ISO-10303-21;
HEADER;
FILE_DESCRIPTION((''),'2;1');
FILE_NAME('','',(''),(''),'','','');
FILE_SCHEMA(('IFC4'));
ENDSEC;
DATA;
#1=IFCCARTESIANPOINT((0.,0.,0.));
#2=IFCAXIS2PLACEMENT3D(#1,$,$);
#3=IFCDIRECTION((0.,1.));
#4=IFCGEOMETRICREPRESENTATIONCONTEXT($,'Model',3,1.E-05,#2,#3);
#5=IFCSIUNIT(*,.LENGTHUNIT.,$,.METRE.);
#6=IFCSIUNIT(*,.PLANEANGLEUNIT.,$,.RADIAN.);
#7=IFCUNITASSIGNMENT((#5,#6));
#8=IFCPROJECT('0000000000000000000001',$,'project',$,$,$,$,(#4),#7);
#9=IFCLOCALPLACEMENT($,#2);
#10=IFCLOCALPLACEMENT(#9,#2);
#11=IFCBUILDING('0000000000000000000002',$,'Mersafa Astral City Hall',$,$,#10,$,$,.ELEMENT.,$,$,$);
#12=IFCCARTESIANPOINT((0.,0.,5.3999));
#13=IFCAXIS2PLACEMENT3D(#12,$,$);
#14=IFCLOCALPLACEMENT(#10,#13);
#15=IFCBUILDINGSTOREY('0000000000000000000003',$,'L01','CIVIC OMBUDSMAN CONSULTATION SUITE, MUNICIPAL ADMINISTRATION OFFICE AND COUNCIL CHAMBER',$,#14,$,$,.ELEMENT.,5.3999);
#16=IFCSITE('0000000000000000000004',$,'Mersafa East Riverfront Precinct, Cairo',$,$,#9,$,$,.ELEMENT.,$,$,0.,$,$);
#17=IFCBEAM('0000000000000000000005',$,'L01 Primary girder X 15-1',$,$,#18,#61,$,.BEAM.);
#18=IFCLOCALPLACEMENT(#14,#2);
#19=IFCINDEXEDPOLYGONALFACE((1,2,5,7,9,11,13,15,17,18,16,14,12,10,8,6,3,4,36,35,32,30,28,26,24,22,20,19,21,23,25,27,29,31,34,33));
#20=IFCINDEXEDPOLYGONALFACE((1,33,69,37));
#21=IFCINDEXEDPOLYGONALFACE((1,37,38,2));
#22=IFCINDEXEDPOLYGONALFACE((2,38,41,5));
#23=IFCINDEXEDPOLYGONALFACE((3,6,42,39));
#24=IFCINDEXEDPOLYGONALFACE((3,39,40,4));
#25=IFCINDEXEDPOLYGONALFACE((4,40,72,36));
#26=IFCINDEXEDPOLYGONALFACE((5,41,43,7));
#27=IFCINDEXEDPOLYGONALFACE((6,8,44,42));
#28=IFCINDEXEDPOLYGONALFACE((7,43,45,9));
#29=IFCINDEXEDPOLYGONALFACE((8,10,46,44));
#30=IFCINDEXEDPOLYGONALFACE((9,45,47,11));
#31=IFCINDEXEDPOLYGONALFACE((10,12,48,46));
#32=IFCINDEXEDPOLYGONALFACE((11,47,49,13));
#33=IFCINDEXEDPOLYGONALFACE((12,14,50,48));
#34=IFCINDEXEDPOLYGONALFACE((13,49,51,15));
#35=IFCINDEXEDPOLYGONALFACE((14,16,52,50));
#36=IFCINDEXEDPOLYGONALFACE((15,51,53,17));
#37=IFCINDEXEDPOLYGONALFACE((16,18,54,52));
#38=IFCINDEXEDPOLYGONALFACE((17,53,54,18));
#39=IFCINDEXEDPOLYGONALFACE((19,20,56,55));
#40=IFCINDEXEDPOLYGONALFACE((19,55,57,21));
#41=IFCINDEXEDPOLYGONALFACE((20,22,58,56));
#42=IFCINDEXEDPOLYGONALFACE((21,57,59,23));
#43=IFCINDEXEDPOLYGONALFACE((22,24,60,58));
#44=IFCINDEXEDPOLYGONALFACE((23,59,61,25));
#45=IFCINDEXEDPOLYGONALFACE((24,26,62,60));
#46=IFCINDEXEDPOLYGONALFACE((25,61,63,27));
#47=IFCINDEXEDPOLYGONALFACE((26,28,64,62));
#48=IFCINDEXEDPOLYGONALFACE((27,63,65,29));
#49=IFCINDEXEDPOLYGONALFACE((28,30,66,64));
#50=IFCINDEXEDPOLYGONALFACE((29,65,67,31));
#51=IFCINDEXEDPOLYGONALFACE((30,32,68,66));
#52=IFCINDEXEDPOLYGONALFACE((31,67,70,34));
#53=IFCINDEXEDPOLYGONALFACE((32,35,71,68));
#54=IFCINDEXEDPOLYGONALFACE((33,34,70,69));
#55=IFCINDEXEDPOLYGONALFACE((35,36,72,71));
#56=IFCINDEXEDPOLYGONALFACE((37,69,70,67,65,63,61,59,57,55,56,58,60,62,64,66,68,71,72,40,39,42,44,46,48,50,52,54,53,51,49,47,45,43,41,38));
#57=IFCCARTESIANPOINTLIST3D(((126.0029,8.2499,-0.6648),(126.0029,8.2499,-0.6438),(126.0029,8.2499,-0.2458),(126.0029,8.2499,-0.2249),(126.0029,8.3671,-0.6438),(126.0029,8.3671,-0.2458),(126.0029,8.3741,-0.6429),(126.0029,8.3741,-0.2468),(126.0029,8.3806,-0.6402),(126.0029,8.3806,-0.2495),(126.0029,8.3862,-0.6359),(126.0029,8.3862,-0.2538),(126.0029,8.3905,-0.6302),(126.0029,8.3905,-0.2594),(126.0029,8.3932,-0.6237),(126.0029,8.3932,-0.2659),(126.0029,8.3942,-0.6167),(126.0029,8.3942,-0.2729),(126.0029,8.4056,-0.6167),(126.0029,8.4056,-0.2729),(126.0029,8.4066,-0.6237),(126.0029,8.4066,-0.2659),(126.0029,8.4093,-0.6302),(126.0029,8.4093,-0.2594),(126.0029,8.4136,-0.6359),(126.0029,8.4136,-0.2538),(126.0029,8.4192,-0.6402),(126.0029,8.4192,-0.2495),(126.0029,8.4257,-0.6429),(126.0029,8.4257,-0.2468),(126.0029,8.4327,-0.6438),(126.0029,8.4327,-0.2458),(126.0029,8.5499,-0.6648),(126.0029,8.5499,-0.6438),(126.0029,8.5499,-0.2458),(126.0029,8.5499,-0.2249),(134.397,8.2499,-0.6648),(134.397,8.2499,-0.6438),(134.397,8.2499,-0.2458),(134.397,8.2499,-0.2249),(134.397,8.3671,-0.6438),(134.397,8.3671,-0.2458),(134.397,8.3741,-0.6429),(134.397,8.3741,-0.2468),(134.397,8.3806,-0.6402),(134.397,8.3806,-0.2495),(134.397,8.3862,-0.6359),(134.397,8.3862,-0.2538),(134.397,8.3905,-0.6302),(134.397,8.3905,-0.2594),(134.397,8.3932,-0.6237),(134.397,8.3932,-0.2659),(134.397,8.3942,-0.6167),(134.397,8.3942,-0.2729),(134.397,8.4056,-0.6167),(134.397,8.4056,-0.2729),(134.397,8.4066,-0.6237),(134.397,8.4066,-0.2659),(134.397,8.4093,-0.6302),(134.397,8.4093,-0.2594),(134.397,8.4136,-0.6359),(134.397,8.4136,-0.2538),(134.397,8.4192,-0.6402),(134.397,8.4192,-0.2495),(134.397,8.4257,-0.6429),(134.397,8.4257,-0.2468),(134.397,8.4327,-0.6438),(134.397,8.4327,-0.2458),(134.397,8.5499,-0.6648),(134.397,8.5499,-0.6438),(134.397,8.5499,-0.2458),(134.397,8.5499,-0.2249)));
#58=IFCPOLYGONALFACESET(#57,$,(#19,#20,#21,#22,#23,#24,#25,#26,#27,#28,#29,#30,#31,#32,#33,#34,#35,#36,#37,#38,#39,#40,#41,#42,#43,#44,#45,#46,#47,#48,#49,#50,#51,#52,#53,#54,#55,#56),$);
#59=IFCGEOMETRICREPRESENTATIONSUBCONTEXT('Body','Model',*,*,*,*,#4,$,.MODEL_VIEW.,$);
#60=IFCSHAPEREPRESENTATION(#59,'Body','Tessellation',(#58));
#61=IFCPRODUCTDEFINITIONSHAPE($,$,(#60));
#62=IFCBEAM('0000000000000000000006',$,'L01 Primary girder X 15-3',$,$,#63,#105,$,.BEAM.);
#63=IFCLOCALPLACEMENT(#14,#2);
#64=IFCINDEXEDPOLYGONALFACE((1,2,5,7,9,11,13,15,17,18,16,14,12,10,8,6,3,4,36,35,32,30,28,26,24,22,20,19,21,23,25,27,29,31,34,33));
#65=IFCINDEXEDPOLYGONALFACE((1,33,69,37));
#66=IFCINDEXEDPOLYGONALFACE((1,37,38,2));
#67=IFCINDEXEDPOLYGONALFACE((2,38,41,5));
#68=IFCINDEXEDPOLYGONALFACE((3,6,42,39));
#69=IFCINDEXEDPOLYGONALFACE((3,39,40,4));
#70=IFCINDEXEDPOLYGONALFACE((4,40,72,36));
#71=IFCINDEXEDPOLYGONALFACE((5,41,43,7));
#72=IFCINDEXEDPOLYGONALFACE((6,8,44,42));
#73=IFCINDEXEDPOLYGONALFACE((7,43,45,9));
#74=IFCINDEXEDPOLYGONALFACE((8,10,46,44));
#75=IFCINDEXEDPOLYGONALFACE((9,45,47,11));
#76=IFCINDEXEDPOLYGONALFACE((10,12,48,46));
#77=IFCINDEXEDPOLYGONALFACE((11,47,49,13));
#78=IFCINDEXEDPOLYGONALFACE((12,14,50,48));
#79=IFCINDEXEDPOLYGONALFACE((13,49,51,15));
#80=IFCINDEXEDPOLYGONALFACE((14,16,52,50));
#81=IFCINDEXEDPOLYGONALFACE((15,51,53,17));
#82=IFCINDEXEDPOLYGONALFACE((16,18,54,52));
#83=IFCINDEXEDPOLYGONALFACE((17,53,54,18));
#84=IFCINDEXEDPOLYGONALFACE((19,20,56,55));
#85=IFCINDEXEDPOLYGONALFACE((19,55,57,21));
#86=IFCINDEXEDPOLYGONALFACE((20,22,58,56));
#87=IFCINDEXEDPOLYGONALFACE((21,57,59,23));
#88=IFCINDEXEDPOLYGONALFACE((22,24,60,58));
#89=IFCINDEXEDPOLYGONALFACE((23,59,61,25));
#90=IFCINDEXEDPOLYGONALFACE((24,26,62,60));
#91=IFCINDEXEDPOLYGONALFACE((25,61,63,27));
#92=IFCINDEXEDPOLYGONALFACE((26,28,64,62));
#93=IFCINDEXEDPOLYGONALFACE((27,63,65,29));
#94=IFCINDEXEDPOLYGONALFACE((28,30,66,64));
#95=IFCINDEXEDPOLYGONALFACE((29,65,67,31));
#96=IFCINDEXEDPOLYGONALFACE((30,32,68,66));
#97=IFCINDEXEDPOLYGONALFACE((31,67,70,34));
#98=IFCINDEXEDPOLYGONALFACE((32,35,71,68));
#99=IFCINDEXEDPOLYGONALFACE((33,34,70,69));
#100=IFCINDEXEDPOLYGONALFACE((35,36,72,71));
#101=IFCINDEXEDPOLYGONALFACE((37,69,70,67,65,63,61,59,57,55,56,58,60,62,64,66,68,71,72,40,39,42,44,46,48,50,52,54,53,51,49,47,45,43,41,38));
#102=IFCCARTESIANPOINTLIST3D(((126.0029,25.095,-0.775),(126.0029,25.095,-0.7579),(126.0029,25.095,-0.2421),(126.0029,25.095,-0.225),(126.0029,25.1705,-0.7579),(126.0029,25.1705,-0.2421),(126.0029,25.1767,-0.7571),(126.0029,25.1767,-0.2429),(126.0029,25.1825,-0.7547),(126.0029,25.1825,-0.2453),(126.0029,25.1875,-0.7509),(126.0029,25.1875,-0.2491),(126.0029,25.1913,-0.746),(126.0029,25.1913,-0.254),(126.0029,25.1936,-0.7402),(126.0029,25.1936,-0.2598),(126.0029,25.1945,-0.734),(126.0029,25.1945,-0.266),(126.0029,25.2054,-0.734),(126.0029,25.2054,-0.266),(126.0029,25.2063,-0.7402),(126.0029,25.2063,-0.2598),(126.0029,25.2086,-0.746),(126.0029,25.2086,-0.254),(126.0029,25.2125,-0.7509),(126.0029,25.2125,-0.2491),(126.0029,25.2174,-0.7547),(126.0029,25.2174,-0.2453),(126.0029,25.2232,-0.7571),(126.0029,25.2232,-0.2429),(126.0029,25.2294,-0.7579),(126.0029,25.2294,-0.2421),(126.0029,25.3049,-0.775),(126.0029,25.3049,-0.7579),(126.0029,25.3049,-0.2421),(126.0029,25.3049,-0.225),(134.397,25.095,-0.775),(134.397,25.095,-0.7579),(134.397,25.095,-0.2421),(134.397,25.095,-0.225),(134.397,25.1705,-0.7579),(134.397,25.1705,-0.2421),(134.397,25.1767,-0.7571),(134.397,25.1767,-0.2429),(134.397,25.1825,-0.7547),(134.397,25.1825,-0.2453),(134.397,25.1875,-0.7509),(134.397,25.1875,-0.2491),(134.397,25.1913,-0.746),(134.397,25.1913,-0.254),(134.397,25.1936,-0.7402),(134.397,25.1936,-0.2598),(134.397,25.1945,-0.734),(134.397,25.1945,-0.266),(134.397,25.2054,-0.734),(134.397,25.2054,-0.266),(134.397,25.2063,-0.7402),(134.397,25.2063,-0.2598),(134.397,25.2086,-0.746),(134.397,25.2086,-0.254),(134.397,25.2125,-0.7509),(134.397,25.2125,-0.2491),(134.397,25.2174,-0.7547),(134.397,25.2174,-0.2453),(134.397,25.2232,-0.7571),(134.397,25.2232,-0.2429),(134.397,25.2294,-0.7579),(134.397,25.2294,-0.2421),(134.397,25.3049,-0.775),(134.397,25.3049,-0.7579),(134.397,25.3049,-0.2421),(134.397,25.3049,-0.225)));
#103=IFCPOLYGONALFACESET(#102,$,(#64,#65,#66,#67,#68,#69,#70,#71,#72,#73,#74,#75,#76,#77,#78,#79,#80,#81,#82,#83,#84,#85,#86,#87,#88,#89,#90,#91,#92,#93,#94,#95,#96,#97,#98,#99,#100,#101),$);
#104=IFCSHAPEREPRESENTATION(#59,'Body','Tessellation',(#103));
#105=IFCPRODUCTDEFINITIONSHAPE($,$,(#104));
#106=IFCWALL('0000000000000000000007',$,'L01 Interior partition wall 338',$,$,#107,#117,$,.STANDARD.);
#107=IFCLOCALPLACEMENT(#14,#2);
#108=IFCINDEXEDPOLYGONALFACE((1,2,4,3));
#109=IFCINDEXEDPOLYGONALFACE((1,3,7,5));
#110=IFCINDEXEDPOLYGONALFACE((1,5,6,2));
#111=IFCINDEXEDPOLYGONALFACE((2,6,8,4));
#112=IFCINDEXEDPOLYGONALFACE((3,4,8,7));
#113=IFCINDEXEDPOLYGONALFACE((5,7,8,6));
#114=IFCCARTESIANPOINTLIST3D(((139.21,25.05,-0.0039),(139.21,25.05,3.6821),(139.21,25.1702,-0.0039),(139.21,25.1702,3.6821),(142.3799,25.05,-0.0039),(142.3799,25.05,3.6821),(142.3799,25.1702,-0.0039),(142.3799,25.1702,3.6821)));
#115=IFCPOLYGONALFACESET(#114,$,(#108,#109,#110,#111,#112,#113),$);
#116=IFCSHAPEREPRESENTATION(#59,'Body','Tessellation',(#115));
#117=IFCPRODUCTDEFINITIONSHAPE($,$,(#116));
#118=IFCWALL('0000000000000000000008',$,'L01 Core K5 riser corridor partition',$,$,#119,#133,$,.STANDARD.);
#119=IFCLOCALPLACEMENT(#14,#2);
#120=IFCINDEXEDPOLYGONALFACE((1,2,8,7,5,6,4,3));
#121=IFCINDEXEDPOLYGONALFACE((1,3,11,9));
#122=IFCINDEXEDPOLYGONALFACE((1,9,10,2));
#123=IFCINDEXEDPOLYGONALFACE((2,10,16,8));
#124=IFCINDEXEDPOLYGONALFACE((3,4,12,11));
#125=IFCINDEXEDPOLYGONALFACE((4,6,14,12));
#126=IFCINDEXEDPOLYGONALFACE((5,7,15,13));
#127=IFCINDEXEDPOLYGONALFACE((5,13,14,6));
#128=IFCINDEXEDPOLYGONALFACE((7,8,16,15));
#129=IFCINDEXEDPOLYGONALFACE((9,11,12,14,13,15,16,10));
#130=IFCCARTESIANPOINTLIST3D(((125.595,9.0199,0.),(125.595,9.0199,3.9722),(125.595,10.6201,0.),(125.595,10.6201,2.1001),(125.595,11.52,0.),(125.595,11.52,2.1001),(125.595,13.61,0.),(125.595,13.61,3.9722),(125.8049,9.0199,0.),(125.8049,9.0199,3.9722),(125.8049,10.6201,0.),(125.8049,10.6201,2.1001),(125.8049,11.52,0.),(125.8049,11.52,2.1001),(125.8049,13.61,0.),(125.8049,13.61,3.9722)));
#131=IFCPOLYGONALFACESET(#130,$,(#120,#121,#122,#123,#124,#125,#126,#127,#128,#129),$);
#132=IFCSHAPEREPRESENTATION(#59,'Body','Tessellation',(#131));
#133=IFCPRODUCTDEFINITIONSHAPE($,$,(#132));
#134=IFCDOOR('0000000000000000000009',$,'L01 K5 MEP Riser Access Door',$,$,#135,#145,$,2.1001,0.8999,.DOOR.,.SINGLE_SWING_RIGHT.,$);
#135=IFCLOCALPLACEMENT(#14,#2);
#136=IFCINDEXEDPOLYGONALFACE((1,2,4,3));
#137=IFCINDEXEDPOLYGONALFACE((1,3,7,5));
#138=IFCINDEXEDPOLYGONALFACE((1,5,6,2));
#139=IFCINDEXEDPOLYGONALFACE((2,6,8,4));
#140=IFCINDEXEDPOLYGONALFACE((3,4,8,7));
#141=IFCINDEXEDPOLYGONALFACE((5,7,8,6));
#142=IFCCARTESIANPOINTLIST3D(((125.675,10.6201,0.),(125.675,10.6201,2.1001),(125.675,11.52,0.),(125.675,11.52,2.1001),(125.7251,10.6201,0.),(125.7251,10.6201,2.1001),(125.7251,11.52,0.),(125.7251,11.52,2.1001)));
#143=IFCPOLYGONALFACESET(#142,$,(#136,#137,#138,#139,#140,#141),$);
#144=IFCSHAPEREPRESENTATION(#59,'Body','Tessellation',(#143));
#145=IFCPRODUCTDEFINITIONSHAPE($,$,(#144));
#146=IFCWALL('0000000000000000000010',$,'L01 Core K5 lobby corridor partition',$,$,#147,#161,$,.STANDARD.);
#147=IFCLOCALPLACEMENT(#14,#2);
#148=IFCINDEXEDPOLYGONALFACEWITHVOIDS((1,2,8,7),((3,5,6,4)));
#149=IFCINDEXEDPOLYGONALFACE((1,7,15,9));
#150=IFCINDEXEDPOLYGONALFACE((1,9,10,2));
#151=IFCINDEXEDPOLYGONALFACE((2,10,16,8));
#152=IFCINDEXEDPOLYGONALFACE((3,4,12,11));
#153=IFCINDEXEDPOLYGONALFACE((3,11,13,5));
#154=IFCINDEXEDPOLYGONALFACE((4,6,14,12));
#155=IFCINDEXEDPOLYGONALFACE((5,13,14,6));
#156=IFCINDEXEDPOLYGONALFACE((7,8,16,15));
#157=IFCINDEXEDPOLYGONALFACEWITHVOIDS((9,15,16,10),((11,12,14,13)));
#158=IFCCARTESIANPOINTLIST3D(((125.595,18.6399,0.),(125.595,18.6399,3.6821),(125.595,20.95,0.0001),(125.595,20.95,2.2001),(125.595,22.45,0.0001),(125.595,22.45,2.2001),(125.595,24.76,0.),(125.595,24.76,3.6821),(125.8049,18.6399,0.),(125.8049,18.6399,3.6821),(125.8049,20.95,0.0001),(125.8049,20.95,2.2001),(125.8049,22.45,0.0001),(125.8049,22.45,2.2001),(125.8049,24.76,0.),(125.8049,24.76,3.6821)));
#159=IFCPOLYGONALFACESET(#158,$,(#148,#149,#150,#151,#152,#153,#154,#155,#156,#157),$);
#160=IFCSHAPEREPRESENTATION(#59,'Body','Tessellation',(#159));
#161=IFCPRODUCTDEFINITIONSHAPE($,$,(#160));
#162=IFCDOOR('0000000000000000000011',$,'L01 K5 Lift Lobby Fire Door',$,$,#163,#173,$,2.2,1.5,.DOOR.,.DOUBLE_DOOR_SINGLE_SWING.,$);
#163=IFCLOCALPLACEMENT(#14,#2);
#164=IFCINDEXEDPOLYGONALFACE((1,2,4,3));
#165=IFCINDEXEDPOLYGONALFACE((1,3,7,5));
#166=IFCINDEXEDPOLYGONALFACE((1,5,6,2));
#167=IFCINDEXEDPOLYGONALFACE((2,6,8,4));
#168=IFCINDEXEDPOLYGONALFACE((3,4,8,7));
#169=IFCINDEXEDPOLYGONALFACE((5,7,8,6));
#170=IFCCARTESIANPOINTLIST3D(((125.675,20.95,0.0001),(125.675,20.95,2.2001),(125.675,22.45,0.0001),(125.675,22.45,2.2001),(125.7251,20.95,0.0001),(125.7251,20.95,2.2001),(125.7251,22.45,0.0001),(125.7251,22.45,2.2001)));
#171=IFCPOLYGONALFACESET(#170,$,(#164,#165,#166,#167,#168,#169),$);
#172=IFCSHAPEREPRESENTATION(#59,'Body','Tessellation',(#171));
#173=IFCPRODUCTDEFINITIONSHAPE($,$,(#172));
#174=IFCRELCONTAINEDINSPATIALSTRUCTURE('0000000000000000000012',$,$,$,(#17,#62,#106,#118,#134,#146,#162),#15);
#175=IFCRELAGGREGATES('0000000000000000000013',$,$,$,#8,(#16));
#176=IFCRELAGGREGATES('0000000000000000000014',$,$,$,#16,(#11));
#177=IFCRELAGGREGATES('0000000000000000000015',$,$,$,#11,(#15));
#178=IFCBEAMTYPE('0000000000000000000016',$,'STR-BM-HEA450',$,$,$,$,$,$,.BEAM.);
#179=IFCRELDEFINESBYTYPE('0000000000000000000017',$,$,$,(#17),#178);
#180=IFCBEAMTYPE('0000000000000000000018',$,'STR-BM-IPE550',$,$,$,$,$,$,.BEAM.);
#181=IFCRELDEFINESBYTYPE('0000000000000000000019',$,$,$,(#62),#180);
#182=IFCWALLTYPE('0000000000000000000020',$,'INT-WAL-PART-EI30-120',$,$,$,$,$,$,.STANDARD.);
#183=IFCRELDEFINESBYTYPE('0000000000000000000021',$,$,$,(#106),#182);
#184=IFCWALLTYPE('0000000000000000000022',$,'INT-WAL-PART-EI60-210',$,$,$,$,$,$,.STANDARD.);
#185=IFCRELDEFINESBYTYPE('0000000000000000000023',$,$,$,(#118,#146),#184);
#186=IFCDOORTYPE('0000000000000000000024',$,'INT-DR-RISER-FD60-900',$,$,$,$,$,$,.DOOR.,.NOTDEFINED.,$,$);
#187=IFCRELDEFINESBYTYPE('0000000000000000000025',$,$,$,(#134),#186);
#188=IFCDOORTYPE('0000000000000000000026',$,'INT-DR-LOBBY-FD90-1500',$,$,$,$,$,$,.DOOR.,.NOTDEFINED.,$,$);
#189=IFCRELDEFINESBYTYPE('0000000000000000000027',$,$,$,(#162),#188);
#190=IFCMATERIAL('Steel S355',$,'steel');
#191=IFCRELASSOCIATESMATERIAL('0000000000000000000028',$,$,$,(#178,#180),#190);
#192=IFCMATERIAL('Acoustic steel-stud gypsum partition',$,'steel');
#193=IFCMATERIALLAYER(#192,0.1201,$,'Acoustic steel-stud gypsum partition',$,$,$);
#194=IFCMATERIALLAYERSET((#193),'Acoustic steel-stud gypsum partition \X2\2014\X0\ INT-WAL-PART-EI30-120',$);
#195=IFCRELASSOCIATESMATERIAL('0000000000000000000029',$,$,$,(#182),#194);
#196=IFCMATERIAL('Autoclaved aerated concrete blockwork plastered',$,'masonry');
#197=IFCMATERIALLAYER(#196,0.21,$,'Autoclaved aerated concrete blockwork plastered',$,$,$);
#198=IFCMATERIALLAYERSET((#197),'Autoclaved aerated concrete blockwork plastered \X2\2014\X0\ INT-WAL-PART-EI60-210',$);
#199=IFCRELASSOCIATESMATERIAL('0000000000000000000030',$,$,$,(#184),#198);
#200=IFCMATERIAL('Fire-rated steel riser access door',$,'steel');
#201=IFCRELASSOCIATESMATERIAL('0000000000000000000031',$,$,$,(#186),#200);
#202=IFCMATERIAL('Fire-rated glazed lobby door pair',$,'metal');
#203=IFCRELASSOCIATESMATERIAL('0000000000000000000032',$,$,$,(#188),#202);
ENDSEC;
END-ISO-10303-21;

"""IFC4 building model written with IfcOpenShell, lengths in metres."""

from ifc_helpers import new_model, si_unit, direction, frame, frame_2d, origin, origin_2d, place, context, subcontext, project, spatial, rectangle, i_section, extrude, material, layer, layer_set, material_profile, profile_set, type_object, element, fill, save


model = new_model("IFC4")

# Units and contexts
model_context = context("Model", 3, precision=1e-05, world=origin(), true_north=direction((0.0, 1.0)))
body_context = subcontext(model_context, "Body", "Model", "MODEL_VIEW")
ifc_project = project(units=[si_unit("LENGTHUNIT", "METRE"), si_unit("PLANEANGLEUNIT", "RADIAN")], contexts=[model_context])

# Site, building, storey
site_placement = place(None, origin())
site = spatial("IfcSite", under=ifc_project, at=site_placement, Name="Mersafa East Riverfront Precinct, Cairo", CompositionType="ELEMENT", RefElevation=0.0)
building_placement = place(site_placement, origin())
building = spatial("IfcBuilding", under=site, at=building_placement, Name="Mersafa Astral City Hall", CompositionType="ELEMENT")
storey_placement = place(building_placement, frame((0.0, 0.0, 5.3999)))
storey = spatial("IfcBuildingStorey", under=building, at=storey_placement, Name="L01", Description="CIVIC OMBUDSMAN CONSULTATION SUITE, MUNICIPAL ADMINISTRATION OFFICE AND COUNCIL CHAMBER", CompositionType="ELEMENT", Elevation=5.3999)

# Shared definitions
ifc_material_1 = material(Name="Steel S355", Category="steel")

# Beams
ifc_material_profile_1 = material_profile(ifc_material_1, i_section(OverallWidth=0.3, OverallDepth=0.4399, WebThickness=0.0115, FlangeThickness=0.021, FilletRadius=0.0271, at=origin_2d()), Name="HEA 450")
ifc_profile_set_1 = profile_set([ifc_material_profile_1], Name="Steel S355")
beam_type_1 = type_object("IfcBeamType", Name="STR-BM-HEA450", PredefinedType="BEAM", material=ifc_profile_set_1)
beam_1_placement = place(storey_placement, frame((126.0029, 8.3999, -0.4448), z_axis=(1.0, 0.0, 0.0), x_axis=(0.0, 1.0, 0.0)))
element("IfcBeam", 1, at=beam_1_placement, inside=storey, type_object=beam_type_1, Name="L01 Primary girder X 15-1", PredefinedType="BEAM", context=body_context, shape_type="SweptSolid", body=[
    extrude(i_section(OverallWidth=0.3, OverallDepth=0.4399, WebThickness=0.0115, FlangeThickness=0.021, FilletRadius=0.0271, at=origin_2d()), origin(), (0.0, 0.0, 1.0), 8.394),
])
ifc_material_profile_2 = material_profile(ifc_material_1, i_section(OverallWidth=0.21, OverallDepth=0.55, WebThickness=0.011, FlangeThickness=0.0171, FilletRadius=0.0239, at=origin_2d()), Name="IPE 550")
ifc_profile_set_2 = profile_set([ifc_material_profile_2], Name="Steel S355")
beam_type_2 = type_object("IfcBeamType", Name="STR-BM-IPE550", PredefinedType="BEAM", material=ifc_profile_set_2)
beam_2_placement = place(storey_placement, frame((126.0029, 25.2, -0.5), z_axis=(1.0, 0.0, 0.0), x_axis=(0.0, 1.0, 0.0)))
element("IfcBeam", 2, at=beam_2_placement, inside=storey, type_object=beam_type_2, Name="L01 Primary girder X 15-3", PredefinedType="BEAM", context=body_context, shape_type="SweptSolid", body=[
    extrude(i_section(OverallWidth=0.21, OverallDepth=0.55, WebThickness=0.011, FlangeThickness=0.0171, FilletRadius=0.0239, at=origin_2d()), origin(), (0.0, 0.0, 1.0), 8.394),
])

# Wall
ifc_material_2 = material(Name="Acoustic steel-stud gypsum partition", Category="steel")
ifc_layer_1 = layer(ifc_material_2, 0.1201, Name="Acoustic steel-stud gypsum partition")
ifc_layer_set_1 = layer_set([ifc_layer_1], Name="Acoustic steel-stud gypsum partition — INT-WAL-PART-EI30-120")
wall_type_1 = type_object("IfcWallType", Name="INT-WAL-PART-EI30-120", PredefinedType="STANDARD", material=ifc_layer_set_1)
wall_1_placement = place(storey_placement, frame((139.21, 25.1101, -0.0039), z_axis=(0.0, 0.0, 1.0), x_axis=(1.0, 0.0, 0.0)))
element("IfcWall", 3, at=wall_1_placement, inside=storey, type_object=wall_type_1, Name="L01 Interior partition wall 338", PredefinedType="STANDARD", context=body_context, shape_type="SweptSolid", body=[
    extrude(rectangle(XDim=3.1699, YDim=0.1201, at=frame_2d((1.585, 0.0))), origin(), (0.0, 0.0, 1.0), 3.686),
])

# Walls, openings, doors
ifc_material_3 = material(Name="Autoclaved aerated concrete blockwork plastered", Category="masonry")
ifc_layer_2 = layer(ifc_material_3, 0.21, Name="Autoclaved aerated concrete blockwork plastered")
ifc_layer_set_2 = layer_set([ifc_layer_2], Name="Autoclaved aerated concrete blockwork plastered — INT-WAL-PART-EI60-210")
wall_type_2 = type_object("IfcWallType", Name="INT-WAL-PART-EI60-210", PredefinedType="STANDARD", material=ifc_layer_set_2)
wall_2_placement = place(storey_placement, frame((125.7, 9.02, 0.0), z_axis=(0.0, 0.0, 1.0), x_axis=(0.0, 1.0, 0.0)))
wall_2 = element("IfcWall", 4, at=wall_2_placement, inside=storey, type_object=wall_type_2, Name="L01 Core K5 riser corridor partition", PredefinedType="STANDARD", context=body_context, shape_type="SweptSolid", body=[
    extrude(rectangle(XDim=4.5901, YDim=0.21, at=frame_2d((2.2949, 0.0))), origin(), (0.0, 0.0, 1.0), 3.9722),
])
opening_1_placement = place(wall_2_placement, frame((1.6001, 0.0, 0.0)))
opening_1 = element("IfcOpeningElement", 5, at=opening_1_placement, cuts=wall_2, PredefinedType="OPENING", context=body_context, shape_type="SweptSolid", body=[
    extrude(rectangle(XDim=0.8999, YDim=2.1001, at=frame_2d((0.45, 1.05))), frame((0.0, 0.115, 0.0), z_axis=(0.0, -1.0, 0.0), x_axis=(1.0, 0.0, 0.0)), (0.0, 0.0, 1.0), 0.23),
])
ifc_material_4 = material(Name="Fire-rated steel riser access door", Category="steel")
door_type_1 = type_object("IfcDoorType", Name="INT-DR-RISER-FD60-900", OperationType="NOTDEFINED", PredefinedType="DOOR", material=ifc_material_4)
door_1_placement = place(opening_1_placement, origin())
door_1 = element("IfcDoor", 6, at=door_1_placement, inside=storey, type_object=door_type_1, Name="L01 K5 MEP Riser Access Door", OperationType="SINGLE_SWING_RIGHT", OverallHeight=2.1001, OverallWidth=0.8999, PredefinedType="DOOR", context=body_context, shape_type="SweptSolid", body=[
    extrude(rectangle(XDim=0.8999, YDim=2.1001, at=frame_2d((0.45, 1.05))), frame((0.0, 0.0249, 0.0), z_axis=(0.0, -1.0, 0.0), x_axis=(1.0, 0.0, 0.0)), (0.0, 0.0, 1.0), 0.05),
])
fill(opening_1, door_1)
wall_3_placement = place(storey_placement, frame((125.7, 18.6399, 0.0), z_axis=(0.0, 0.0, 1.0), x_axis=(0.0, 1.0, 0.0)))
wall_3 = element("IfcWall", 7, at=wall_3_placement, inside=storey, type_object=wall_type_2, Name="L01 Core K5 lobby corridor partition", PredefinedType="STANDARD", context=body_context, shape_type="SweptSolid", body=[
    extrude(rectangle(XDim=6.1201, YDim=0.21, at=frame_2d((3.0601, 0.0))), origin(), (0.0, 0.0, 1.0), 3.6821),
])
opening_2_placement = place(wall_3_placement, frame((2.3101, 0.0, 0.0)))
opening_2 = element("IfcOpeningElement", 8, at=opening_2_placement, cuts=wall_3, PredefinedType="OPENING", context=body_context, shape_type="SweptSolid", body=[
    extrude(rectangle(XDim=1.5, YDim=2.2, at=frame_2d((0.75, 1.1001))), frame((0.0, 0.115, 0.0), z_axis=(0.0, -1.0, 0.0), x_axis=(1.0, 0.0, 0.0)), (0.0, 0.0, 1.0), 0.23),
])
ifc_material_5 = material(Name="Fire-rated glazed lobby door pair", Category="metal")
door_type_2 = type_object("IfcDoorType", Name="INT-DR-LOBBY-FD90-1500", OperationType="NOTDEFINED", PredefinedType="DOOR", material=ifc_material_5)
door_2_placement = place(opening_2_placement, origin())
door_2 = element("IfcDoor", 9, at=door_2_placement, inside=storey, type_object=door_type_2, Name="L01 K5 Lift Lobby Fire Door", OperationType="DOUBLE_DOOR_SINGLE_SWING", OverallHeight=2.2, OverallWidth=1.5, PredefinedType="DOOR", context=body_context, shape_type="SweptSolid", body=[
    extrude(rectangle(XDim=1.5, YDim=2.2, at=frame_2d((0.75, 1.1001))), frame((0.0, 0.0249, 0.0), z_axis=(0.0, -1.0, 0.0), x_axis=(1.0, 0.0, 0.0)), (0.0, 0.0, 1.0), 0.05),
])
fill(opening_2, door_2)

save(model, "model.ifc")
